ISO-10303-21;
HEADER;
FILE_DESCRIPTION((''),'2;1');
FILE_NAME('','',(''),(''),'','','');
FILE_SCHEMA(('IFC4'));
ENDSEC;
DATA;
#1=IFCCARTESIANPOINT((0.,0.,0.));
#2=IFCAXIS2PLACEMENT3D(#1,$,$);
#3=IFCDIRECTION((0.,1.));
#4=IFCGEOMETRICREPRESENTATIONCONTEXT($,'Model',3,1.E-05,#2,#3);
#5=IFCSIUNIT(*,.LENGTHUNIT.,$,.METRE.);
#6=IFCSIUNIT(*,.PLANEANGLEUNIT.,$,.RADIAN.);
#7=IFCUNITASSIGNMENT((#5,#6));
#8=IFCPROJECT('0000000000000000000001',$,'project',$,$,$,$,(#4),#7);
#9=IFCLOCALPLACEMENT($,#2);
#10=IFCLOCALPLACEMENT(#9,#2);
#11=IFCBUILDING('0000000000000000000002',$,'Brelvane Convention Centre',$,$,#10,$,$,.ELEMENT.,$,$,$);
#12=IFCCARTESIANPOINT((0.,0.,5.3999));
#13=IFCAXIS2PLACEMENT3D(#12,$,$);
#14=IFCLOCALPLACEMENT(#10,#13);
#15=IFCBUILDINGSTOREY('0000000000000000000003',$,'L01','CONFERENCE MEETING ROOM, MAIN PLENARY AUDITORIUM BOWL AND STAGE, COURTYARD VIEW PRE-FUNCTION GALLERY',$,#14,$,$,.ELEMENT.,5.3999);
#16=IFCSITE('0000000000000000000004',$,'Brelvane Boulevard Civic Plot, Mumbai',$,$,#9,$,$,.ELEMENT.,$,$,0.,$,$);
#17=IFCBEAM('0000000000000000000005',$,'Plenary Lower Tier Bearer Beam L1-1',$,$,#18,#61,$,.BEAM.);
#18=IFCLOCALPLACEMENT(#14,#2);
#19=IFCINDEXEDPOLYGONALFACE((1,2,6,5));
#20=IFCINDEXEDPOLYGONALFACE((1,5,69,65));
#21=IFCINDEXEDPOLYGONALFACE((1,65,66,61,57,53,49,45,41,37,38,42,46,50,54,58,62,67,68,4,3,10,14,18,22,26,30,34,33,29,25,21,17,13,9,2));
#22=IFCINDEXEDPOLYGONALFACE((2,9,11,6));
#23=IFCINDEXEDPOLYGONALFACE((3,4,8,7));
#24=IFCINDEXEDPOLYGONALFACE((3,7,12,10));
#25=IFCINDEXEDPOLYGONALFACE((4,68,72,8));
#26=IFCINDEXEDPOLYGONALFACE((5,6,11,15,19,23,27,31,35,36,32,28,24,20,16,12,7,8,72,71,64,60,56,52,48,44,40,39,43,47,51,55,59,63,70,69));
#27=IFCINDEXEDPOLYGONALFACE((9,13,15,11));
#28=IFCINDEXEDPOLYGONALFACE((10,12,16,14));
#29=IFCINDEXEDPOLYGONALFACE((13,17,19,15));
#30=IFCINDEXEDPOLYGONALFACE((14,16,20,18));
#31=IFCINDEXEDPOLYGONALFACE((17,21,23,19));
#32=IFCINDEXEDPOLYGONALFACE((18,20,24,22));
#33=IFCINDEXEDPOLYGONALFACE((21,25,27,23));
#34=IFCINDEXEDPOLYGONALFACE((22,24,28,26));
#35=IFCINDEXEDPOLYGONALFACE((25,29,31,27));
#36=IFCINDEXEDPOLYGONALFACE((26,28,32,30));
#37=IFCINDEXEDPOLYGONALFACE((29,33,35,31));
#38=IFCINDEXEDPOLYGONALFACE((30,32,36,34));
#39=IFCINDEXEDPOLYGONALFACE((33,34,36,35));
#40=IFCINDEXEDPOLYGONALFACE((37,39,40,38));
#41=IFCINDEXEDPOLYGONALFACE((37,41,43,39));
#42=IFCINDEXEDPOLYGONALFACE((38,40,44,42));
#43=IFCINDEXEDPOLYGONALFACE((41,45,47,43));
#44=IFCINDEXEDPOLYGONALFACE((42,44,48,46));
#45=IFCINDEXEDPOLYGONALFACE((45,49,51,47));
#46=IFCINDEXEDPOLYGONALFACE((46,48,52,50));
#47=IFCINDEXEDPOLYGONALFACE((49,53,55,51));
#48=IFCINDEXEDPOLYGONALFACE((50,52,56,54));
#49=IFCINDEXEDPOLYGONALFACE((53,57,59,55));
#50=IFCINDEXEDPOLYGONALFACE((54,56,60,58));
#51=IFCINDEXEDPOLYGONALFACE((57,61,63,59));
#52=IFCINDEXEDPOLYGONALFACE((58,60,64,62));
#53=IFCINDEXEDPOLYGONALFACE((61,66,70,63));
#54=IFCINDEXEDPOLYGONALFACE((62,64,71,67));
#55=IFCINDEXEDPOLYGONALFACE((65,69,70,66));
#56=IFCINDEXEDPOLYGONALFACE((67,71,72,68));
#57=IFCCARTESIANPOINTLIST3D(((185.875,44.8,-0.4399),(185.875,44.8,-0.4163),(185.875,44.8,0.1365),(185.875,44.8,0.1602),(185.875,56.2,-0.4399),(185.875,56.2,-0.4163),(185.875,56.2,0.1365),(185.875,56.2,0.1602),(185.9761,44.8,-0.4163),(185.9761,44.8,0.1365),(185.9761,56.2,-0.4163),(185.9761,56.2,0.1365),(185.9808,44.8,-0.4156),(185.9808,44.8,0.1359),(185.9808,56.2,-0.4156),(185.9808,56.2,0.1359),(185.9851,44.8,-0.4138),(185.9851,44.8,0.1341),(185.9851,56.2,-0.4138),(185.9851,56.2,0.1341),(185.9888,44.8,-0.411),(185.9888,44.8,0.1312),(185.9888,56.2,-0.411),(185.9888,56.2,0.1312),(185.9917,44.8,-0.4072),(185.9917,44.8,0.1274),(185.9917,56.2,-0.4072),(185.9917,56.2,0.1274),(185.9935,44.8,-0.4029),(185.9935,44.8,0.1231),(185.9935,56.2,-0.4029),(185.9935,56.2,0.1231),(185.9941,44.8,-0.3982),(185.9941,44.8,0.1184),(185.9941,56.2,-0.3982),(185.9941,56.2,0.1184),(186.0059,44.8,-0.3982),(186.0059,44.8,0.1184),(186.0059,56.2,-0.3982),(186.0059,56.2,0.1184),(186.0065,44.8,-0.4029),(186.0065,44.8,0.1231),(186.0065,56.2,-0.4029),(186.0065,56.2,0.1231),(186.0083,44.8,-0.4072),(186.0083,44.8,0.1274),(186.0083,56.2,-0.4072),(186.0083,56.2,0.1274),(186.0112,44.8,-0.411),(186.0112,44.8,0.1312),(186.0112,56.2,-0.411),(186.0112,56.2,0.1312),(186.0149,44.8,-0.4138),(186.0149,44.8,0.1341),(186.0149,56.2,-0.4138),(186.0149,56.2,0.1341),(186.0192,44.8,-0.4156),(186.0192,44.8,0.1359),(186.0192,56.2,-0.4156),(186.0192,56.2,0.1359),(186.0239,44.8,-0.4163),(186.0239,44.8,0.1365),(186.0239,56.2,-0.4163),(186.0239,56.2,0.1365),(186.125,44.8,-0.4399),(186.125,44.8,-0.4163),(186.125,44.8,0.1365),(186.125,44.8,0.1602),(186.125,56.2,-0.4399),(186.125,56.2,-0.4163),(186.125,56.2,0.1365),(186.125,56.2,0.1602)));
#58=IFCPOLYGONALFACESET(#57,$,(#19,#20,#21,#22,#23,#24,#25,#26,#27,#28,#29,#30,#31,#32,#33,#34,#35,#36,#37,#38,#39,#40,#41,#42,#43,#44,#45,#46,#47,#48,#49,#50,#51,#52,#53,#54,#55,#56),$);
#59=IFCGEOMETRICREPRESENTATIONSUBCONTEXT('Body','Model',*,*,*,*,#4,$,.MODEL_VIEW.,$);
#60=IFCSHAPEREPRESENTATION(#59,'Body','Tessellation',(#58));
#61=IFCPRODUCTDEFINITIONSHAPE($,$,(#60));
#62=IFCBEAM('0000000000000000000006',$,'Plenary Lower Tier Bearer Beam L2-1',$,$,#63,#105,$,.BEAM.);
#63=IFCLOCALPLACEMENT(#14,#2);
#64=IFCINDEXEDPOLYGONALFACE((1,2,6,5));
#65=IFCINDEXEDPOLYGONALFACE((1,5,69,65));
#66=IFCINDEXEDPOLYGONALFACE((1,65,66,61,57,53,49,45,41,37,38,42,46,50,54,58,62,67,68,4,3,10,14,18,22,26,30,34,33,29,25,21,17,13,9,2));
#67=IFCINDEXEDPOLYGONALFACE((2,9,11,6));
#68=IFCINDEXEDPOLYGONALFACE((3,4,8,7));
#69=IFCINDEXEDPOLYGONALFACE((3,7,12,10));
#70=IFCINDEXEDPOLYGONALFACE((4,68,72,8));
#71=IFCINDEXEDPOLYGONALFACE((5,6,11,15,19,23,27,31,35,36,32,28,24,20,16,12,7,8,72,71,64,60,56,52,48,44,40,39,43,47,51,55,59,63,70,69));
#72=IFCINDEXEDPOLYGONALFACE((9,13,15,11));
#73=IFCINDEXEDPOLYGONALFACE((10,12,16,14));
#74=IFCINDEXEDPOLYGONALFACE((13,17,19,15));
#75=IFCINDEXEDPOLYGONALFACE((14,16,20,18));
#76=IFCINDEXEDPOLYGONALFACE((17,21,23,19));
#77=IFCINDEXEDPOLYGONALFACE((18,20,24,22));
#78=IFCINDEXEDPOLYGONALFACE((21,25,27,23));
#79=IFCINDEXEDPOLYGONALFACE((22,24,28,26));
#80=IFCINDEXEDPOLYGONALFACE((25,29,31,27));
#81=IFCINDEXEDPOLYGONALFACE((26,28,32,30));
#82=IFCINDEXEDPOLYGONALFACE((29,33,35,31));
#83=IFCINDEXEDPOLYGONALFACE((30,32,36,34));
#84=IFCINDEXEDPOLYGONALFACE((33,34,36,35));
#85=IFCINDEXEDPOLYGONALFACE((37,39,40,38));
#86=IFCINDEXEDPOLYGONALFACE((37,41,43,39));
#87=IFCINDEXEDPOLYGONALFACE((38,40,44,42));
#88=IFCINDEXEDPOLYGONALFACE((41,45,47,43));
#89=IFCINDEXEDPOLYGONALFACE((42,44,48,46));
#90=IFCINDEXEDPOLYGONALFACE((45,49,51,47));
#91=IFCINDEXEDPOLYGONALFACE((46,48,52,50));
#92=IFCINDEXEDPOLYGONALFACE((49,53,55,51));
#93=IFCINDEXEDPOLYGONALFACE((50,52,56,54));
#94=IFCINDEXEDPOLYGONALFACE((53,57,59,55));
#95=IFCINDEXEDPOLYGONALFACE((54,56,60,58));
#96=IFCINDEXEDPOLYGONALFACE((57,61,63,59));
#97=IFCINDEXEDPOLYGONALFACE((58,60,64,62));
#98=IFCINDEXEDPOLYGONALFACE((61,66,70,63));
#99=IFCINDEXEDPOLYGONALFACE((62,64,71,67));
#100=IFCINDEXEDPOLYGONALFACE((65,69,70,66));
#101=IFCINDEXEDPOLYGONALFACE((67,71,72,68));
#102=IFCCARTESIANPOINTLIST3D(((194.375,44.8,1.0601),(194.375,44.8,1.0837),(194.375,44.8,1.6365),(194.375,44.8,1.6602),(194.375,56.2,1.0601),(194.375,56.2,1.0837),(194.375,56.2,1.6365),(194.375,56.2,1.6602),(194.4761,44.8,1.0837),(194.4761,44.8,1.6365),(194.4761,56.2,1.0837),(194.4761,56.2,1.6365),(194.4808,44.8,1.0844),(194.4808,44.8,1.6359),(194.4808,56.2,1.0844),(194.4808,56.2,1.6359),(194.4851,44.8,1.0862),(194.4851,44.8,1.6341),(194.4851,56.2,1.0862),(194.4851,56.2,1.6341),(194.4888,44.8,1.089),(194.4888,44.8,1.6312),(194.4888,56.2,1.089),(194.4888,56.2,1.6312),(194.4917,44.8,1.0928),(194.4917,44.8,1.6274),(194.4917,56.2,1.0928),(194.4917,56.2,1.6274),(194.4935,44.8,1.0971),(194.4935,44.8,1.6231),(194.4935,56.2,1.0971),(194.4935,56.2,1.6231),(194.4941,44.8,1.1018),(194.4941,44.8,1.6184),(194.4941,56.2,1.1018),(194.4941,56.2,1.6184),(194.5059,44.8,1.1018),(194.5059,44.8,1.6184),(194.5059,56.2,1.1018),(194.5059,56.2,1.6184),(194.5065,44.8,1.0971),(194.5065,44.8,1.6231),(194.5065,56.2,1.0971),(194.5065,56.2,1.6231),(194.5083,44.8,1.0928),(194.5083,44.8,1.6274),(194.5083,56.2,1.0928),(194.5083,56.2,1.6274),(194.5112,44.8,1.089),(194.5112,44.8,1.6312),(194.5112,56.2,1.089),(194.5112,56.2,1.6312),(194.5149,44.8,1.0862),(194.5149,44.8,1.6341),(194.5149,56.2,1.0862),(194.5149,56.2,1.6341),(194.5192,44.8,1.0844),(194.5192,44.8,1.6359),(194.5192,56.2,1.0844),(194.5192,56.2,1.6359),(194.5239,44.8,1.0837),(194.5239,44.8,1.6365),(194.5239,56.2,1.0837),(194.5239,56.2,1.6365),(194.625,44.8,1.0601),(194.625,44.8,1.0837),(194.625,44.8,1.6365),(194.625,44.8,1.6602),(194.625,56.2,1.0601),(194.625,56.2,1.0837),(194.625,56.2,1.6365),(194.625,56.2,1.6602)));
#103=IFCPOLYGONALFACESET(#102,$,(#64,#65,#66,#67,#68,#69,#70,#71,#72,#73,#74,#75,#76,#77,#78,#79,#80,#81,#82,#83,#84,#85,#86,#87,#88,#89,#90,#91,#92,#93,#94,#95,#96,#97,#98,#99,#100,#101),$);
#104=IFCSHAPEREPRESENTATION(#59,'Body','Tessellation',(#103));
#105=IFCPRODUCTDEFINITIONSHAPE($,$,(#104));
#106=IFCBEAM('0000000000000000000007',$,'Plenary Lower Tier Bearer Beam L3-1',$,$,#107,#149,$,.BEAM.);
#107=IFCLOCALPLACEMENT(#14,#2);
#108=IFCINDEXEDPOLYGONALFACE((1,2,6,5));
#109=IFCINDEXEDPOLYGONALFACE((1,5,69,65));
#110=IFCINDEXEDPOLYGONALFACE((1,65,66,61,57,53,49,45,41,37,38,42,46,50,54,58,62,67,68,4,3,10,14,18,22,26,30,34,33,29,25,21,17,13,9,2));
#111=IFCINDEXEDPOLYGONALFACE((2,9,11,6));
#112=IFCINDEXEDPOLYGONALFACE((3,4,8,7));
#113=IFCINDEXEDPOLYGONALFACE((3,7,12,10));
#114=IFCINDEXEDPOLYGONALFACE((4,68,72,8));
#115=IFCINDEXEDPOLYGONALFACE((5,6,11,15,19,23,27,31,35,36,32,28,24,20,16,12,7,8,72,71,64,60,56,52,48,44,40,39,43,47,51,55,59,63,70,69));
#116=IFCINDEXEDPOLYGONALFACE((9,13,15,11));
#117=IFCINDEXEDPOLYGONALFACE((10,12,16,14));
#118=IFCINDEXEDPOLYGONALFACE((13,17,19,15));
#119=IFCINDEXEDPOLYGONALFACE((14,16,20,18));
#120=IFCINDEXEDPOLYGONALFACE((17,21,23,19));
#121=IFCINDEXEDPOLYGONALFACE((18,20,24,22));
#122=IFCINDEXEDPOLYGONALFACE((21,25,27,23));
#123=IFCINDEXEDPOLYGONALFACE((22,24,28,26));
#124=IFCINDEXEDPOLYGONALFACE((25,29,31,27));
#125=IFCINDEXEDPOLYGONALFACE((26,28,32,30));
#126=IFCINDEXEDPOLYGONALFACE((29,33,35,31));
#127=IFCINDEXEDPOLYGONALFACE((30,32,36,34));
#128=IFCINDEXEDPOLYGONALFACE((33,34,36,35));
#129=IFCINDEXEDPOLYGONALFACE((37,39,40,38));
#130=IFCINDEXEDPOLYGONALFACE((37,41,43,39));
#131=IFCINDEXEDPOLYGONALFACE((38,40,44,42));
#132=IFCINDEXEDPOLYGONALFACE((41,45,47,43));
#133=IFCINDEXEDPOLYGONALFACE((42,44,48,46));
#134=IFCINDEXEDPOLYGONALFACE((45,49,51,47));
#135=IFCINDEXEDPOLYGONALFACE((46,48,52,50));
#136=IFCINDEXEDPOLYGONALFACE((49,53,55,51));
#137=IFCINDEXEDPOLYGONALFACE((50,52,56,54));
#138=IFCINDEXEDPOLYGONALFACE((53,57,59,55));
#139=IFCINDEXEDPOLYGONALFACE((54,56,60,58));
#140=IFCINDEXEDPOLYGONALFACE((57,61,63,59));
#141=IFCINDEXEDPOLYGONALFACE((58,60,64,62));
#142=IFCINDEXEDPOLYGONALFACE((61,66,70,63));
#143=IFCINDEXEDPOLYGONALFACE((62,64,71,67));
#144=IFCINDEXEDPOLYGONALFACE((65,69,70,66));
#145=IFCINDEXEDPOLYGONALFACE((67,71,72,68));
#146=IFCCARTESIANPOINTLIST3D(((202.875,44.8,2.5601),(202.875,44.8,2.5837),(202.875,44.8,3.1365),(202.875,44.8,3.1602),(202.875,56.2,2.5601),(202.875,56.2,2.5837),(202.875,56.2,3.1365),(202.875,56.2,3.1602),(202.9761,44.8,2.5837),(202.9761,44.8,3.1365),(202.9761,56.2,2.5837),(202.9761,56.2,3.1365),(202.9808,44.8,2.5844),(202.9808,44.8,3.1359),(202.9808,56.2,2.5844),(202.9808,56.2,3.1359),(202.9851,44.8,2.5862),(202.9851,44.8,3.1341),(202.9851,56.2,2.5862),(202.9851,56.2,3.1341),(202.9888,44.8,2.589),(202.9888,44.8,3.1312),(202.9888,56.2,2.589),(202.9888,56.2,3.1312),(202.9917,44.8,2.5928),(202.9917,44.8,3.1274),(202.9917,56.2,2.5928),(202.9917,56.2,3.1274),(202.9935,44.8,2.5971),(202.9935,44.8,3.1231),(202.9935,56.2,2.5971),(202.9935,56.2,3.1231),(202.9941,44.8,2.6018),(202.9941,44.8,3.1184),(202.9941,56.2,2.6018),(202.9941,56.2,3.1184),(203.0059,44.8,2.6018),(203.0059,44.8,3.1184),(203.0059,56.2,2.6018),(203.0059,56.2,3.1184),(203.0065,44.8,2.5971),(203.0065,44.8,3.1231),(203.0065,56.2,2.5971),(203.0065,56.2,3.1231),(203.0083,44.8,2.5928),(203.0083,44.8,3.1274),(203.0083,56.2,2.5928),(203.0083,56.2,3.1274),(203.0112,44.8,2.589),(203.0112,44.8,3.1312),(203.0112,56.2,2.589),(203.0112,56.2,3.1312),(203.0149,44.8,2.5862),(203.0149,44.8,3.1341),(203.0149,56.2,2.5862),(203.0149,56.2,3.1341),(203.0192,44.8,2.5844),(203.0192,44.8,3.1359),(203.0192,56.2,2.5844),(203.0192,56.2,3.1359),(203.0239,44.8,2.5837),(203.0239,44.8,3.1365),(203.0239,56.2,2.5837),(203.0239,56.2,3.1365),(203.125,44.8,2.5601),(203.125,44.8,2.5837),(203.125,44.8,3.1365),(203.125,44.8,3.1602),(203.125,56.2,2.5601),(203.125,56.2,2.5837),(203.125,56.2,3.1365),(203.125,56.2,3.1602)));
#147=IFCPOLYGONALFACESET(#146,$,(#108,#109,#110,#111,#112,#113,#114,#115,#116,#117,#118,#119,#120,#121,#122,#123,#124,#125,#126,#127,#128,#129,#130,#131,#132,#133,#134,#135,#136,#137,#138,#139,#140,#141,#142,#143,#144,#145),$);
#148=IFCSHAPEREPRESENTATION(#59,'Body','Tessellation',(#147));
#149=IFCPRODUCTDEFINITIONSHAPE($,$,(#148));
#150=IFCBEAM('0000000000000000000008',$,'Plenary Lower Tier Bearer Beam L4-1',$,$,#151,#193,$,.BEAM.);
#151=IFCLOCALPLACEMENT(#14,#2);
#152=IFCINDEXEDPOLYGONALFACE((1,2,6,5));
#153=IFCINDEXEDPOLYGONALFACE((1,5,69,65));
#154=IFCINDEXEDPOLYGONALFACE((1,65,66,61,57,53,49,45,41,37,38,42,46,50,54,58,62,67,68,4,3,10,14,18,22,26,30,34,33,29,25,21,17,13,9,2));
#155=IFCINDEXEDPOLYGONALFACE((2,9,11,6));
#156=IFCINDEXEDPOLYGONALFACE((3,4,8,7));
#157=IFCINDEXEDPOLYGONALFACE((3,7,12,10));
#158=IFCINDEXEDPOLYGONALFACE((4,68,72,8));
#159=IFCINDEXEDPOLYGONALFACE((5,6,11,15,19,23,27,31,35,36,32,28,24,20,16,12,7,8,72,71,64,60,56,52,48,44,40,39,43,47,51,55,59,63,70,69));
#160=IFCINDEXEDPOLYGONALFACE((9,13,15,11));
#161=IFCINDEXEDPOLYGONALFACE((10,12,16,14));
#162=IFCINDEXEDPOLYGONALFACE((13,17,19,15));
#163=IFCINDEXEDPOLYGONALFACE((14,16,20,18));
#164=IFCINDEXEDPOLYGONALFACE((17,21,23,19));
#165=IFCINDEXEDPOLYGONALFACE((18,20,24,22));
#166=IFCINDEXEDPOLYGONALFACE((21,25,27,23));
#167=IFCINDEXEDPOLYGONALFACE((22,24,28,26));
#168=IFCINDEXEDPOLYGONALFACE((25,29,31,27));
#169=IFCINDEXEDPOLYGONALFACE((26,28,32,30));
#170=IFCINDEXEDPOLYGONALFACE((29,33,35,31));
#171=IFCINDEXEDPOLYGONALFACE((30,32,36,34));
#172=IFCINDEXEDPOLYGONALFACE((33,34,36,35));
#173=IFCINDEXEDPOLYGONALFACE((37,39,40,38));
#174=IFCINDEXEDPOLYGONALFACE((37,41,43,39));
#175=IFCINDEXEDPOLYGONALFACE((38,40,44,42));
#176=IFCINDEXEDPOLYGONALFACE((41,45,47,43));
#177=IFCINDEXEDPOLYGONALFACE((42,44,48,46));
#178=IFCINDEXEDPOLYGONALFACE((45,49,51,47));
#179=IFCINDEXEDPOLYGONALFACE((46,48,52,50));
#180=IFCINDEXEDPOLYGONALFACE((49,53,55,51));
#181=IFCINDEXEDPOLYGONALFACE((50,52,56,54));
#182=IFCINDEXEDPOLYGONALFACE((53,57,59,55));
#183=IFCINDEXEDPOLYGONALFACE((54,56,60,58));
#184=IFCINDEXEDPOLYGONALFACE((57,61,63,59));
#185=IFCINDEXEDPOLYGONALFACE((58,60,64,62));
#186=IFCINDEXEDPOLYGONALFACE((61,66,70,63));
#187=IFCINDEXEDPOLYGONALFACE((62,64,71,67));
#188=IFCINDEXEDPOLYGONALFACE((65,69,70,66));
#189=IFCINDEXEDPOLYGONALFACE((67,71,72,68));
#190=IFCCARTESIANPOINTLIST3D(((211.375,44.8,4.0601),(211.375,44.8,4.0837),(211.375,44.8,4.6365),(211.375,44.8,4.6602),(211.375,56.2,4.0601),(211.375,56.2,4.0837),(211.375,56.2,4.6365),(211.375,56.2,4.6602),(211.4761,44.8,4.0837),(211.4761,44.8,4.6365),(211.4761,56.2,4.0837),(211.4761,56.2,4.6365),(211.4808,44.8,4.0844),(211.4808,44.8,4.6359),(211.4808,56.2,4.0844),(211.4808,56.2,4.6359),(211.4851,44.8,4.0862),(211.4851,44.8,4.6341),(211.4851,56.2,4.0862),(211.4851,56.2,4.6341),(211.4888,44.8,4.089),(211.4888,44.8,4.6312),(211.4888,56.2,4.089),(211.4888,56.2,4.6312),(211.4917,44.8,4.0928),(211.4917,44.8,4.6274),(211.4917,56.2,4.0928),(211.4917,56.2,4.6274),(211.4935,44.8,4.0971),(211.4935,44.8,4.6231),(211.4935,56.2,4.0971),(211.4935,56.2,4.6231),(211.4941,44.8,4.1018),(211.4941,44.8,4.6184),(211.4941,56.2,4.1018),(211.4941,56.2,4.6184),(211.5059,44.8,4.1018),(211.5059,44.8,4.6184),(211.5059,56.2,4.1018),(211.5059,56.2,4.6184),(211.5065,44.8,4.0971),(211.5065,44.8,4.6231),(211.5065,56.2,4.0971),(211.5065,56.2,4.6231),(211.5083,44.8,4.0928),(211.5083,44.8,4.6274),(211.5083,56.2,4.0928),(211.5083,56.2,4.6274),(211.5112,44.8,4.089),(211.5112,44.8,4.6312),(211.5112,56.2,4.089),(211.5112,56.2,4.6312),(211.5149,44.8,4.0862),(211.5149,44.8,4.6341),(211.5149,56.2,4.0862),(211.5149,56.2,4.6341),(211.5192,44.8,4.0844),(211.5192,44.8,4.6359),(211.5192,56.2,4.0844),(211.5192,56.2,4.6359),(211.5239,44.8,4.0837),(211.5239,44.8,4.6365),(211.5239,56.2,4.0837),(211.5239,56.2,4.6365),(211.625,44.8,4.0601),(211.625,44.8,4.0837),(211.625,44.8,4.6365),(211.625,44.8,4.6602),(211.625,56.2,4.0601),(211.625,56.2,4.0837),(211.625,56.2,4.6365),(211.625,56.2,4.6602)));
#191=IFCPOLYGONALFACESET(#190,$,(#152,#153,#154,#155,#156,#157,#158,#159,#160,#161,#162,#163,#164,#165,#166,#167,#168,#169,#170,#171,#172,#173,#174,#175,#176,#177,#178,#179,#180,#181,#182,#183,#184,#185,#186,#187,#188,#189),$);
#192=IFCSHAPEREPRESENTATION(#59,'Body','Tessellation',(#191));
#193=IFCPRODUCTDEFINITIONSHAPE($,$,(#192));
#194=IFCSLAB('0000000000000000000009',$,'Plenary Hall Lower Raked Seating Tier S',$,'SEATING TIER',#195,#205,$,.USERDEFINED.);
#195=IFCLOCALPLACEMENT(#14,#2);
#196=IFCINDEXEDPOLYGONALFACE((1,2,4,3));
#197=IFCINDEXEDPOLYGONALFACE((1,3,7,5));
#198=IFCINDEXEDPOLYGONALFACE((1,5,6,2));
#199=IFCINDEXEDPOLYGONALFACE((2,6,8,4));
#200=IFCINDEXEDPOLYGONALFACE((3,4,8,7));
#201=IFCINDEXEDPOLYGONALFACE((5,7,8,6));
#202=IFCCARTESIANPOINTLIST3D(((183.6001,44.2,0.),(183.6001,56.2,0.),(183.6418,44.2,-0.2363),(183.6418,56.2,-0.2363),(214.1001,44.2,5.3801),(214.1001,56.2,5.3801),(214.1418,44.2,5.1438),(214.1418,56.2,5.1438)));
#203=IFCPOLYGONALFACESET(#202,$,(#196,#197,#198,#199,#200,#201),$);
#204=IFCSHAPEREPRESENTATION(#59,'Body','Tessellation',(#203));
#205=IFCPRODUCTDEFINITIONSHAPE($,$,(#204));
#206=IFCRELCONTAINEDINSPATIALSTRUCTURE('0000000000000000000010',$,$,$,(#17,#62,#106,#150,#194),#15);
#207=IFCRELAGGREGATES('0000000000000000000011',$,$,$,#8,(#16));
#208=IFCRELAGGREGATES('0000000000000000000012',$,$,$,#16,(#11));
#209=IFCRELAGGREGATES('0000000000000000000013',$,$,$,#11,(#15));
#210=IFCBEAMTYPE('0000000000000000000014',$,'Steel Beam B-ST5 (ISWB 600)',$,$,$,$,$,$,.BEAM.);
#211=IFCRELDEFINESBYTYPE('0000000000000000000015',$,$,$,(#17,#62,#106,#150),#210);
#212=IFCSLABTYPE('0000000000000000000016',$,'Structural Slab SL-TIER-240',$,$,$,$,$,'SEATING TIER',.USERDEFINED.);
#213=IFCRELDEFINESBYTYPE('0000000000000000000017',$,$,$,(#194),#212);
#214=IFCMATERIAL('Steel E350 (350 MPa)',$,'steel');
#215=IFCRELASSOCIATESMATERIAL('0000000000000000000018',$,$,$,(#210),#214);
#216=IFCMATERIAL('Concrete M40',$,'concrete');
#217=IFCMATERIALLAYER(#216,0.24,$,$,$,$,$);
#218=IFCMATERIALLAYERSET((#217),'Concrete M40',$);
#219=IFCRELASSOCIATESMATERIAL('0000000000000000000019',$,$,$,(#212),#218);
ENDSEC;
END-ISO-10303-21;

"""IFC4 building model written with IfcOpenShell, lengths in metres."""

from ifc_helpers import new_model, si_unit, direction, frame, origin, origin_2d, place, context, subcontext, project, spatial, polyline, i_section, outline, extrude, material, layer, layer_set, material_profile, profile_set, type_object, element, save


model = new_model("IFC4")

# Units and contexts
model_context = context("Model", 3, precision=1e-05, world=origin(), true_north=direction((0.0, 1.0)))
body_context = subcontext(model_context, "Body", "Model", "MODEL_VIEW")
ifc_project = project(units=[si_unit("LENGTHUNIT", "METRE"), si_unit("PLANEANGLEUNIT", "RADIAN")], contexts=[model_context])

# Site, building, storey
site_placement = place(None, origin())
site = spatial("IfcSite", under=ifc_project, at=site_placement, Name="Brelvane Boulevard Civic Plot, Mumbai", CompositionType="ELEMENT", RefElevation=0.0)
building_placement = place(site_placement, origin())
building = spatial("IfcBuilding", under=site, at=building_placement, Name="Brelvane Convention Centre", CompositionType="ELEMENT")
storey_placement = place(building_placement, frame((0.0, 0.0, 5.3999)))
storey = spatial("IfcBuildingStorey", under=building, at=storey_placement, Name="L01", Description="CONFERENCE MEETING ROOM, MAIN PLENARY AUDITORIUM BOWL AND STAGE, COURTYARD VIEW PRE-FUNCTION GALLERY", CompositionType="ELEMENT", Elevation=5.3999)

# Beams
ifc_material_1 = material(Name="Steel E350 (350 MPa)", Category="steel")
ifc_material_profile_1 = material_profile(ifc_material_1, i_section(OverallWidth=0.25, OverallDepth=0.6001, WebThickness=0.0117, FlangeThickness=0.0237, FilletRadius=0.0181, at=origin_2d()), Name="ISWB 600")
ifc_profile_set_1 = profile_set([ifc_material_profile_1], Name="Steel E350 (350 MPa)")
beam_type_1 = type_object("IfcBeamType", Name="Steel Beam B-ST5 (ISWB 600)", PredefinedType="BEAM", material=ifc_profile_set_1)
for number, where, z_axis, x_axis, name in (
    (1, (186.0, 44.8, -0.1399), (0.0, 1.0, 0.0), (-1.0, 0.0, 0.0), "Plenary Lower Tier Bearer Beam L1-1"),
    (2, (194.5, 44.8, 1.3601), (0.0, 1.0, 0.0), (-1.0, 0.0, 0.0), "Plenary Lower Tier Bearer Beam L2-1"),
    (3, (203.0, 44.8, 2.8601), (0.0, 1.0, 0.0), (-1.0, 0.0, 0.0), "Plenary Lower Tier Bearer Beam L3-1"),
    (4, (211.5, 44.8, 4.3601), (0.0, 1.0, 0.0), (-1.0, 0.0, 0.0), "Plenary Lower Tier Bearer Beam L4-1"),
):
    element("IfcBeam", number, at=place(storey_placement, frame(where, z_axis=z_axis, x_axis=x_axis)), inside=storey, type_object=beam_type_1, Name=name, PredefinedType="BEAM", context=body_context, shape_type="SweptSolid", body=[
        extrude(i_section(OverallWidth=0.25, OverallDepth=0.6001, WebThickness=0.0117, FlangeThickness=0.0237, FilletRadius=0.0181, at=origin_2d()), origin(), (0.0, 0.0, 1.0), 11.3999),
    ])

# Slab
ifc_material_2 = material(Name="Concrete M40", Category="concrete")
ifc_layer_1 = layer(ifc_material_2, 0.24)
ifc_layer_set_1 = layer_set([ifc_layer_1], Name="Concrete M40")
slab_type = type_object("IfcSlabType", Name="Structural Slab SL-TIER-240", ElementType="SEATING TIER", PredefinedType="USERDEFINED", material=ifc_layer_set_1)
slab_placement = place(storey_placement, frame((183.6001, 44.2, 0.0), z_axis=(-0.173716, 0.0, 0.984796), x_axis=(0.984796, 0.0, 0.173716)))
element("IfcSlab", 5, at=slab_placement, inside=storey, type_object=slab_type, Name="Plenary Hall Lower Raked Seating Tier S", ObjectType="SEATING TIER", PredefinedType="USERDEFINED", context=body_context, shape_type="SweptSolid", body=[
    extrude(outline(polyline([(0.0, 0.0), (30.9709, 0.0), (30.9709, 12.0), (0.0, 12.0), (0.0, 0.0)])), origin(), (0.0, 0.0, -1.0), 0.24),
])

save(model, "model.ifc")
